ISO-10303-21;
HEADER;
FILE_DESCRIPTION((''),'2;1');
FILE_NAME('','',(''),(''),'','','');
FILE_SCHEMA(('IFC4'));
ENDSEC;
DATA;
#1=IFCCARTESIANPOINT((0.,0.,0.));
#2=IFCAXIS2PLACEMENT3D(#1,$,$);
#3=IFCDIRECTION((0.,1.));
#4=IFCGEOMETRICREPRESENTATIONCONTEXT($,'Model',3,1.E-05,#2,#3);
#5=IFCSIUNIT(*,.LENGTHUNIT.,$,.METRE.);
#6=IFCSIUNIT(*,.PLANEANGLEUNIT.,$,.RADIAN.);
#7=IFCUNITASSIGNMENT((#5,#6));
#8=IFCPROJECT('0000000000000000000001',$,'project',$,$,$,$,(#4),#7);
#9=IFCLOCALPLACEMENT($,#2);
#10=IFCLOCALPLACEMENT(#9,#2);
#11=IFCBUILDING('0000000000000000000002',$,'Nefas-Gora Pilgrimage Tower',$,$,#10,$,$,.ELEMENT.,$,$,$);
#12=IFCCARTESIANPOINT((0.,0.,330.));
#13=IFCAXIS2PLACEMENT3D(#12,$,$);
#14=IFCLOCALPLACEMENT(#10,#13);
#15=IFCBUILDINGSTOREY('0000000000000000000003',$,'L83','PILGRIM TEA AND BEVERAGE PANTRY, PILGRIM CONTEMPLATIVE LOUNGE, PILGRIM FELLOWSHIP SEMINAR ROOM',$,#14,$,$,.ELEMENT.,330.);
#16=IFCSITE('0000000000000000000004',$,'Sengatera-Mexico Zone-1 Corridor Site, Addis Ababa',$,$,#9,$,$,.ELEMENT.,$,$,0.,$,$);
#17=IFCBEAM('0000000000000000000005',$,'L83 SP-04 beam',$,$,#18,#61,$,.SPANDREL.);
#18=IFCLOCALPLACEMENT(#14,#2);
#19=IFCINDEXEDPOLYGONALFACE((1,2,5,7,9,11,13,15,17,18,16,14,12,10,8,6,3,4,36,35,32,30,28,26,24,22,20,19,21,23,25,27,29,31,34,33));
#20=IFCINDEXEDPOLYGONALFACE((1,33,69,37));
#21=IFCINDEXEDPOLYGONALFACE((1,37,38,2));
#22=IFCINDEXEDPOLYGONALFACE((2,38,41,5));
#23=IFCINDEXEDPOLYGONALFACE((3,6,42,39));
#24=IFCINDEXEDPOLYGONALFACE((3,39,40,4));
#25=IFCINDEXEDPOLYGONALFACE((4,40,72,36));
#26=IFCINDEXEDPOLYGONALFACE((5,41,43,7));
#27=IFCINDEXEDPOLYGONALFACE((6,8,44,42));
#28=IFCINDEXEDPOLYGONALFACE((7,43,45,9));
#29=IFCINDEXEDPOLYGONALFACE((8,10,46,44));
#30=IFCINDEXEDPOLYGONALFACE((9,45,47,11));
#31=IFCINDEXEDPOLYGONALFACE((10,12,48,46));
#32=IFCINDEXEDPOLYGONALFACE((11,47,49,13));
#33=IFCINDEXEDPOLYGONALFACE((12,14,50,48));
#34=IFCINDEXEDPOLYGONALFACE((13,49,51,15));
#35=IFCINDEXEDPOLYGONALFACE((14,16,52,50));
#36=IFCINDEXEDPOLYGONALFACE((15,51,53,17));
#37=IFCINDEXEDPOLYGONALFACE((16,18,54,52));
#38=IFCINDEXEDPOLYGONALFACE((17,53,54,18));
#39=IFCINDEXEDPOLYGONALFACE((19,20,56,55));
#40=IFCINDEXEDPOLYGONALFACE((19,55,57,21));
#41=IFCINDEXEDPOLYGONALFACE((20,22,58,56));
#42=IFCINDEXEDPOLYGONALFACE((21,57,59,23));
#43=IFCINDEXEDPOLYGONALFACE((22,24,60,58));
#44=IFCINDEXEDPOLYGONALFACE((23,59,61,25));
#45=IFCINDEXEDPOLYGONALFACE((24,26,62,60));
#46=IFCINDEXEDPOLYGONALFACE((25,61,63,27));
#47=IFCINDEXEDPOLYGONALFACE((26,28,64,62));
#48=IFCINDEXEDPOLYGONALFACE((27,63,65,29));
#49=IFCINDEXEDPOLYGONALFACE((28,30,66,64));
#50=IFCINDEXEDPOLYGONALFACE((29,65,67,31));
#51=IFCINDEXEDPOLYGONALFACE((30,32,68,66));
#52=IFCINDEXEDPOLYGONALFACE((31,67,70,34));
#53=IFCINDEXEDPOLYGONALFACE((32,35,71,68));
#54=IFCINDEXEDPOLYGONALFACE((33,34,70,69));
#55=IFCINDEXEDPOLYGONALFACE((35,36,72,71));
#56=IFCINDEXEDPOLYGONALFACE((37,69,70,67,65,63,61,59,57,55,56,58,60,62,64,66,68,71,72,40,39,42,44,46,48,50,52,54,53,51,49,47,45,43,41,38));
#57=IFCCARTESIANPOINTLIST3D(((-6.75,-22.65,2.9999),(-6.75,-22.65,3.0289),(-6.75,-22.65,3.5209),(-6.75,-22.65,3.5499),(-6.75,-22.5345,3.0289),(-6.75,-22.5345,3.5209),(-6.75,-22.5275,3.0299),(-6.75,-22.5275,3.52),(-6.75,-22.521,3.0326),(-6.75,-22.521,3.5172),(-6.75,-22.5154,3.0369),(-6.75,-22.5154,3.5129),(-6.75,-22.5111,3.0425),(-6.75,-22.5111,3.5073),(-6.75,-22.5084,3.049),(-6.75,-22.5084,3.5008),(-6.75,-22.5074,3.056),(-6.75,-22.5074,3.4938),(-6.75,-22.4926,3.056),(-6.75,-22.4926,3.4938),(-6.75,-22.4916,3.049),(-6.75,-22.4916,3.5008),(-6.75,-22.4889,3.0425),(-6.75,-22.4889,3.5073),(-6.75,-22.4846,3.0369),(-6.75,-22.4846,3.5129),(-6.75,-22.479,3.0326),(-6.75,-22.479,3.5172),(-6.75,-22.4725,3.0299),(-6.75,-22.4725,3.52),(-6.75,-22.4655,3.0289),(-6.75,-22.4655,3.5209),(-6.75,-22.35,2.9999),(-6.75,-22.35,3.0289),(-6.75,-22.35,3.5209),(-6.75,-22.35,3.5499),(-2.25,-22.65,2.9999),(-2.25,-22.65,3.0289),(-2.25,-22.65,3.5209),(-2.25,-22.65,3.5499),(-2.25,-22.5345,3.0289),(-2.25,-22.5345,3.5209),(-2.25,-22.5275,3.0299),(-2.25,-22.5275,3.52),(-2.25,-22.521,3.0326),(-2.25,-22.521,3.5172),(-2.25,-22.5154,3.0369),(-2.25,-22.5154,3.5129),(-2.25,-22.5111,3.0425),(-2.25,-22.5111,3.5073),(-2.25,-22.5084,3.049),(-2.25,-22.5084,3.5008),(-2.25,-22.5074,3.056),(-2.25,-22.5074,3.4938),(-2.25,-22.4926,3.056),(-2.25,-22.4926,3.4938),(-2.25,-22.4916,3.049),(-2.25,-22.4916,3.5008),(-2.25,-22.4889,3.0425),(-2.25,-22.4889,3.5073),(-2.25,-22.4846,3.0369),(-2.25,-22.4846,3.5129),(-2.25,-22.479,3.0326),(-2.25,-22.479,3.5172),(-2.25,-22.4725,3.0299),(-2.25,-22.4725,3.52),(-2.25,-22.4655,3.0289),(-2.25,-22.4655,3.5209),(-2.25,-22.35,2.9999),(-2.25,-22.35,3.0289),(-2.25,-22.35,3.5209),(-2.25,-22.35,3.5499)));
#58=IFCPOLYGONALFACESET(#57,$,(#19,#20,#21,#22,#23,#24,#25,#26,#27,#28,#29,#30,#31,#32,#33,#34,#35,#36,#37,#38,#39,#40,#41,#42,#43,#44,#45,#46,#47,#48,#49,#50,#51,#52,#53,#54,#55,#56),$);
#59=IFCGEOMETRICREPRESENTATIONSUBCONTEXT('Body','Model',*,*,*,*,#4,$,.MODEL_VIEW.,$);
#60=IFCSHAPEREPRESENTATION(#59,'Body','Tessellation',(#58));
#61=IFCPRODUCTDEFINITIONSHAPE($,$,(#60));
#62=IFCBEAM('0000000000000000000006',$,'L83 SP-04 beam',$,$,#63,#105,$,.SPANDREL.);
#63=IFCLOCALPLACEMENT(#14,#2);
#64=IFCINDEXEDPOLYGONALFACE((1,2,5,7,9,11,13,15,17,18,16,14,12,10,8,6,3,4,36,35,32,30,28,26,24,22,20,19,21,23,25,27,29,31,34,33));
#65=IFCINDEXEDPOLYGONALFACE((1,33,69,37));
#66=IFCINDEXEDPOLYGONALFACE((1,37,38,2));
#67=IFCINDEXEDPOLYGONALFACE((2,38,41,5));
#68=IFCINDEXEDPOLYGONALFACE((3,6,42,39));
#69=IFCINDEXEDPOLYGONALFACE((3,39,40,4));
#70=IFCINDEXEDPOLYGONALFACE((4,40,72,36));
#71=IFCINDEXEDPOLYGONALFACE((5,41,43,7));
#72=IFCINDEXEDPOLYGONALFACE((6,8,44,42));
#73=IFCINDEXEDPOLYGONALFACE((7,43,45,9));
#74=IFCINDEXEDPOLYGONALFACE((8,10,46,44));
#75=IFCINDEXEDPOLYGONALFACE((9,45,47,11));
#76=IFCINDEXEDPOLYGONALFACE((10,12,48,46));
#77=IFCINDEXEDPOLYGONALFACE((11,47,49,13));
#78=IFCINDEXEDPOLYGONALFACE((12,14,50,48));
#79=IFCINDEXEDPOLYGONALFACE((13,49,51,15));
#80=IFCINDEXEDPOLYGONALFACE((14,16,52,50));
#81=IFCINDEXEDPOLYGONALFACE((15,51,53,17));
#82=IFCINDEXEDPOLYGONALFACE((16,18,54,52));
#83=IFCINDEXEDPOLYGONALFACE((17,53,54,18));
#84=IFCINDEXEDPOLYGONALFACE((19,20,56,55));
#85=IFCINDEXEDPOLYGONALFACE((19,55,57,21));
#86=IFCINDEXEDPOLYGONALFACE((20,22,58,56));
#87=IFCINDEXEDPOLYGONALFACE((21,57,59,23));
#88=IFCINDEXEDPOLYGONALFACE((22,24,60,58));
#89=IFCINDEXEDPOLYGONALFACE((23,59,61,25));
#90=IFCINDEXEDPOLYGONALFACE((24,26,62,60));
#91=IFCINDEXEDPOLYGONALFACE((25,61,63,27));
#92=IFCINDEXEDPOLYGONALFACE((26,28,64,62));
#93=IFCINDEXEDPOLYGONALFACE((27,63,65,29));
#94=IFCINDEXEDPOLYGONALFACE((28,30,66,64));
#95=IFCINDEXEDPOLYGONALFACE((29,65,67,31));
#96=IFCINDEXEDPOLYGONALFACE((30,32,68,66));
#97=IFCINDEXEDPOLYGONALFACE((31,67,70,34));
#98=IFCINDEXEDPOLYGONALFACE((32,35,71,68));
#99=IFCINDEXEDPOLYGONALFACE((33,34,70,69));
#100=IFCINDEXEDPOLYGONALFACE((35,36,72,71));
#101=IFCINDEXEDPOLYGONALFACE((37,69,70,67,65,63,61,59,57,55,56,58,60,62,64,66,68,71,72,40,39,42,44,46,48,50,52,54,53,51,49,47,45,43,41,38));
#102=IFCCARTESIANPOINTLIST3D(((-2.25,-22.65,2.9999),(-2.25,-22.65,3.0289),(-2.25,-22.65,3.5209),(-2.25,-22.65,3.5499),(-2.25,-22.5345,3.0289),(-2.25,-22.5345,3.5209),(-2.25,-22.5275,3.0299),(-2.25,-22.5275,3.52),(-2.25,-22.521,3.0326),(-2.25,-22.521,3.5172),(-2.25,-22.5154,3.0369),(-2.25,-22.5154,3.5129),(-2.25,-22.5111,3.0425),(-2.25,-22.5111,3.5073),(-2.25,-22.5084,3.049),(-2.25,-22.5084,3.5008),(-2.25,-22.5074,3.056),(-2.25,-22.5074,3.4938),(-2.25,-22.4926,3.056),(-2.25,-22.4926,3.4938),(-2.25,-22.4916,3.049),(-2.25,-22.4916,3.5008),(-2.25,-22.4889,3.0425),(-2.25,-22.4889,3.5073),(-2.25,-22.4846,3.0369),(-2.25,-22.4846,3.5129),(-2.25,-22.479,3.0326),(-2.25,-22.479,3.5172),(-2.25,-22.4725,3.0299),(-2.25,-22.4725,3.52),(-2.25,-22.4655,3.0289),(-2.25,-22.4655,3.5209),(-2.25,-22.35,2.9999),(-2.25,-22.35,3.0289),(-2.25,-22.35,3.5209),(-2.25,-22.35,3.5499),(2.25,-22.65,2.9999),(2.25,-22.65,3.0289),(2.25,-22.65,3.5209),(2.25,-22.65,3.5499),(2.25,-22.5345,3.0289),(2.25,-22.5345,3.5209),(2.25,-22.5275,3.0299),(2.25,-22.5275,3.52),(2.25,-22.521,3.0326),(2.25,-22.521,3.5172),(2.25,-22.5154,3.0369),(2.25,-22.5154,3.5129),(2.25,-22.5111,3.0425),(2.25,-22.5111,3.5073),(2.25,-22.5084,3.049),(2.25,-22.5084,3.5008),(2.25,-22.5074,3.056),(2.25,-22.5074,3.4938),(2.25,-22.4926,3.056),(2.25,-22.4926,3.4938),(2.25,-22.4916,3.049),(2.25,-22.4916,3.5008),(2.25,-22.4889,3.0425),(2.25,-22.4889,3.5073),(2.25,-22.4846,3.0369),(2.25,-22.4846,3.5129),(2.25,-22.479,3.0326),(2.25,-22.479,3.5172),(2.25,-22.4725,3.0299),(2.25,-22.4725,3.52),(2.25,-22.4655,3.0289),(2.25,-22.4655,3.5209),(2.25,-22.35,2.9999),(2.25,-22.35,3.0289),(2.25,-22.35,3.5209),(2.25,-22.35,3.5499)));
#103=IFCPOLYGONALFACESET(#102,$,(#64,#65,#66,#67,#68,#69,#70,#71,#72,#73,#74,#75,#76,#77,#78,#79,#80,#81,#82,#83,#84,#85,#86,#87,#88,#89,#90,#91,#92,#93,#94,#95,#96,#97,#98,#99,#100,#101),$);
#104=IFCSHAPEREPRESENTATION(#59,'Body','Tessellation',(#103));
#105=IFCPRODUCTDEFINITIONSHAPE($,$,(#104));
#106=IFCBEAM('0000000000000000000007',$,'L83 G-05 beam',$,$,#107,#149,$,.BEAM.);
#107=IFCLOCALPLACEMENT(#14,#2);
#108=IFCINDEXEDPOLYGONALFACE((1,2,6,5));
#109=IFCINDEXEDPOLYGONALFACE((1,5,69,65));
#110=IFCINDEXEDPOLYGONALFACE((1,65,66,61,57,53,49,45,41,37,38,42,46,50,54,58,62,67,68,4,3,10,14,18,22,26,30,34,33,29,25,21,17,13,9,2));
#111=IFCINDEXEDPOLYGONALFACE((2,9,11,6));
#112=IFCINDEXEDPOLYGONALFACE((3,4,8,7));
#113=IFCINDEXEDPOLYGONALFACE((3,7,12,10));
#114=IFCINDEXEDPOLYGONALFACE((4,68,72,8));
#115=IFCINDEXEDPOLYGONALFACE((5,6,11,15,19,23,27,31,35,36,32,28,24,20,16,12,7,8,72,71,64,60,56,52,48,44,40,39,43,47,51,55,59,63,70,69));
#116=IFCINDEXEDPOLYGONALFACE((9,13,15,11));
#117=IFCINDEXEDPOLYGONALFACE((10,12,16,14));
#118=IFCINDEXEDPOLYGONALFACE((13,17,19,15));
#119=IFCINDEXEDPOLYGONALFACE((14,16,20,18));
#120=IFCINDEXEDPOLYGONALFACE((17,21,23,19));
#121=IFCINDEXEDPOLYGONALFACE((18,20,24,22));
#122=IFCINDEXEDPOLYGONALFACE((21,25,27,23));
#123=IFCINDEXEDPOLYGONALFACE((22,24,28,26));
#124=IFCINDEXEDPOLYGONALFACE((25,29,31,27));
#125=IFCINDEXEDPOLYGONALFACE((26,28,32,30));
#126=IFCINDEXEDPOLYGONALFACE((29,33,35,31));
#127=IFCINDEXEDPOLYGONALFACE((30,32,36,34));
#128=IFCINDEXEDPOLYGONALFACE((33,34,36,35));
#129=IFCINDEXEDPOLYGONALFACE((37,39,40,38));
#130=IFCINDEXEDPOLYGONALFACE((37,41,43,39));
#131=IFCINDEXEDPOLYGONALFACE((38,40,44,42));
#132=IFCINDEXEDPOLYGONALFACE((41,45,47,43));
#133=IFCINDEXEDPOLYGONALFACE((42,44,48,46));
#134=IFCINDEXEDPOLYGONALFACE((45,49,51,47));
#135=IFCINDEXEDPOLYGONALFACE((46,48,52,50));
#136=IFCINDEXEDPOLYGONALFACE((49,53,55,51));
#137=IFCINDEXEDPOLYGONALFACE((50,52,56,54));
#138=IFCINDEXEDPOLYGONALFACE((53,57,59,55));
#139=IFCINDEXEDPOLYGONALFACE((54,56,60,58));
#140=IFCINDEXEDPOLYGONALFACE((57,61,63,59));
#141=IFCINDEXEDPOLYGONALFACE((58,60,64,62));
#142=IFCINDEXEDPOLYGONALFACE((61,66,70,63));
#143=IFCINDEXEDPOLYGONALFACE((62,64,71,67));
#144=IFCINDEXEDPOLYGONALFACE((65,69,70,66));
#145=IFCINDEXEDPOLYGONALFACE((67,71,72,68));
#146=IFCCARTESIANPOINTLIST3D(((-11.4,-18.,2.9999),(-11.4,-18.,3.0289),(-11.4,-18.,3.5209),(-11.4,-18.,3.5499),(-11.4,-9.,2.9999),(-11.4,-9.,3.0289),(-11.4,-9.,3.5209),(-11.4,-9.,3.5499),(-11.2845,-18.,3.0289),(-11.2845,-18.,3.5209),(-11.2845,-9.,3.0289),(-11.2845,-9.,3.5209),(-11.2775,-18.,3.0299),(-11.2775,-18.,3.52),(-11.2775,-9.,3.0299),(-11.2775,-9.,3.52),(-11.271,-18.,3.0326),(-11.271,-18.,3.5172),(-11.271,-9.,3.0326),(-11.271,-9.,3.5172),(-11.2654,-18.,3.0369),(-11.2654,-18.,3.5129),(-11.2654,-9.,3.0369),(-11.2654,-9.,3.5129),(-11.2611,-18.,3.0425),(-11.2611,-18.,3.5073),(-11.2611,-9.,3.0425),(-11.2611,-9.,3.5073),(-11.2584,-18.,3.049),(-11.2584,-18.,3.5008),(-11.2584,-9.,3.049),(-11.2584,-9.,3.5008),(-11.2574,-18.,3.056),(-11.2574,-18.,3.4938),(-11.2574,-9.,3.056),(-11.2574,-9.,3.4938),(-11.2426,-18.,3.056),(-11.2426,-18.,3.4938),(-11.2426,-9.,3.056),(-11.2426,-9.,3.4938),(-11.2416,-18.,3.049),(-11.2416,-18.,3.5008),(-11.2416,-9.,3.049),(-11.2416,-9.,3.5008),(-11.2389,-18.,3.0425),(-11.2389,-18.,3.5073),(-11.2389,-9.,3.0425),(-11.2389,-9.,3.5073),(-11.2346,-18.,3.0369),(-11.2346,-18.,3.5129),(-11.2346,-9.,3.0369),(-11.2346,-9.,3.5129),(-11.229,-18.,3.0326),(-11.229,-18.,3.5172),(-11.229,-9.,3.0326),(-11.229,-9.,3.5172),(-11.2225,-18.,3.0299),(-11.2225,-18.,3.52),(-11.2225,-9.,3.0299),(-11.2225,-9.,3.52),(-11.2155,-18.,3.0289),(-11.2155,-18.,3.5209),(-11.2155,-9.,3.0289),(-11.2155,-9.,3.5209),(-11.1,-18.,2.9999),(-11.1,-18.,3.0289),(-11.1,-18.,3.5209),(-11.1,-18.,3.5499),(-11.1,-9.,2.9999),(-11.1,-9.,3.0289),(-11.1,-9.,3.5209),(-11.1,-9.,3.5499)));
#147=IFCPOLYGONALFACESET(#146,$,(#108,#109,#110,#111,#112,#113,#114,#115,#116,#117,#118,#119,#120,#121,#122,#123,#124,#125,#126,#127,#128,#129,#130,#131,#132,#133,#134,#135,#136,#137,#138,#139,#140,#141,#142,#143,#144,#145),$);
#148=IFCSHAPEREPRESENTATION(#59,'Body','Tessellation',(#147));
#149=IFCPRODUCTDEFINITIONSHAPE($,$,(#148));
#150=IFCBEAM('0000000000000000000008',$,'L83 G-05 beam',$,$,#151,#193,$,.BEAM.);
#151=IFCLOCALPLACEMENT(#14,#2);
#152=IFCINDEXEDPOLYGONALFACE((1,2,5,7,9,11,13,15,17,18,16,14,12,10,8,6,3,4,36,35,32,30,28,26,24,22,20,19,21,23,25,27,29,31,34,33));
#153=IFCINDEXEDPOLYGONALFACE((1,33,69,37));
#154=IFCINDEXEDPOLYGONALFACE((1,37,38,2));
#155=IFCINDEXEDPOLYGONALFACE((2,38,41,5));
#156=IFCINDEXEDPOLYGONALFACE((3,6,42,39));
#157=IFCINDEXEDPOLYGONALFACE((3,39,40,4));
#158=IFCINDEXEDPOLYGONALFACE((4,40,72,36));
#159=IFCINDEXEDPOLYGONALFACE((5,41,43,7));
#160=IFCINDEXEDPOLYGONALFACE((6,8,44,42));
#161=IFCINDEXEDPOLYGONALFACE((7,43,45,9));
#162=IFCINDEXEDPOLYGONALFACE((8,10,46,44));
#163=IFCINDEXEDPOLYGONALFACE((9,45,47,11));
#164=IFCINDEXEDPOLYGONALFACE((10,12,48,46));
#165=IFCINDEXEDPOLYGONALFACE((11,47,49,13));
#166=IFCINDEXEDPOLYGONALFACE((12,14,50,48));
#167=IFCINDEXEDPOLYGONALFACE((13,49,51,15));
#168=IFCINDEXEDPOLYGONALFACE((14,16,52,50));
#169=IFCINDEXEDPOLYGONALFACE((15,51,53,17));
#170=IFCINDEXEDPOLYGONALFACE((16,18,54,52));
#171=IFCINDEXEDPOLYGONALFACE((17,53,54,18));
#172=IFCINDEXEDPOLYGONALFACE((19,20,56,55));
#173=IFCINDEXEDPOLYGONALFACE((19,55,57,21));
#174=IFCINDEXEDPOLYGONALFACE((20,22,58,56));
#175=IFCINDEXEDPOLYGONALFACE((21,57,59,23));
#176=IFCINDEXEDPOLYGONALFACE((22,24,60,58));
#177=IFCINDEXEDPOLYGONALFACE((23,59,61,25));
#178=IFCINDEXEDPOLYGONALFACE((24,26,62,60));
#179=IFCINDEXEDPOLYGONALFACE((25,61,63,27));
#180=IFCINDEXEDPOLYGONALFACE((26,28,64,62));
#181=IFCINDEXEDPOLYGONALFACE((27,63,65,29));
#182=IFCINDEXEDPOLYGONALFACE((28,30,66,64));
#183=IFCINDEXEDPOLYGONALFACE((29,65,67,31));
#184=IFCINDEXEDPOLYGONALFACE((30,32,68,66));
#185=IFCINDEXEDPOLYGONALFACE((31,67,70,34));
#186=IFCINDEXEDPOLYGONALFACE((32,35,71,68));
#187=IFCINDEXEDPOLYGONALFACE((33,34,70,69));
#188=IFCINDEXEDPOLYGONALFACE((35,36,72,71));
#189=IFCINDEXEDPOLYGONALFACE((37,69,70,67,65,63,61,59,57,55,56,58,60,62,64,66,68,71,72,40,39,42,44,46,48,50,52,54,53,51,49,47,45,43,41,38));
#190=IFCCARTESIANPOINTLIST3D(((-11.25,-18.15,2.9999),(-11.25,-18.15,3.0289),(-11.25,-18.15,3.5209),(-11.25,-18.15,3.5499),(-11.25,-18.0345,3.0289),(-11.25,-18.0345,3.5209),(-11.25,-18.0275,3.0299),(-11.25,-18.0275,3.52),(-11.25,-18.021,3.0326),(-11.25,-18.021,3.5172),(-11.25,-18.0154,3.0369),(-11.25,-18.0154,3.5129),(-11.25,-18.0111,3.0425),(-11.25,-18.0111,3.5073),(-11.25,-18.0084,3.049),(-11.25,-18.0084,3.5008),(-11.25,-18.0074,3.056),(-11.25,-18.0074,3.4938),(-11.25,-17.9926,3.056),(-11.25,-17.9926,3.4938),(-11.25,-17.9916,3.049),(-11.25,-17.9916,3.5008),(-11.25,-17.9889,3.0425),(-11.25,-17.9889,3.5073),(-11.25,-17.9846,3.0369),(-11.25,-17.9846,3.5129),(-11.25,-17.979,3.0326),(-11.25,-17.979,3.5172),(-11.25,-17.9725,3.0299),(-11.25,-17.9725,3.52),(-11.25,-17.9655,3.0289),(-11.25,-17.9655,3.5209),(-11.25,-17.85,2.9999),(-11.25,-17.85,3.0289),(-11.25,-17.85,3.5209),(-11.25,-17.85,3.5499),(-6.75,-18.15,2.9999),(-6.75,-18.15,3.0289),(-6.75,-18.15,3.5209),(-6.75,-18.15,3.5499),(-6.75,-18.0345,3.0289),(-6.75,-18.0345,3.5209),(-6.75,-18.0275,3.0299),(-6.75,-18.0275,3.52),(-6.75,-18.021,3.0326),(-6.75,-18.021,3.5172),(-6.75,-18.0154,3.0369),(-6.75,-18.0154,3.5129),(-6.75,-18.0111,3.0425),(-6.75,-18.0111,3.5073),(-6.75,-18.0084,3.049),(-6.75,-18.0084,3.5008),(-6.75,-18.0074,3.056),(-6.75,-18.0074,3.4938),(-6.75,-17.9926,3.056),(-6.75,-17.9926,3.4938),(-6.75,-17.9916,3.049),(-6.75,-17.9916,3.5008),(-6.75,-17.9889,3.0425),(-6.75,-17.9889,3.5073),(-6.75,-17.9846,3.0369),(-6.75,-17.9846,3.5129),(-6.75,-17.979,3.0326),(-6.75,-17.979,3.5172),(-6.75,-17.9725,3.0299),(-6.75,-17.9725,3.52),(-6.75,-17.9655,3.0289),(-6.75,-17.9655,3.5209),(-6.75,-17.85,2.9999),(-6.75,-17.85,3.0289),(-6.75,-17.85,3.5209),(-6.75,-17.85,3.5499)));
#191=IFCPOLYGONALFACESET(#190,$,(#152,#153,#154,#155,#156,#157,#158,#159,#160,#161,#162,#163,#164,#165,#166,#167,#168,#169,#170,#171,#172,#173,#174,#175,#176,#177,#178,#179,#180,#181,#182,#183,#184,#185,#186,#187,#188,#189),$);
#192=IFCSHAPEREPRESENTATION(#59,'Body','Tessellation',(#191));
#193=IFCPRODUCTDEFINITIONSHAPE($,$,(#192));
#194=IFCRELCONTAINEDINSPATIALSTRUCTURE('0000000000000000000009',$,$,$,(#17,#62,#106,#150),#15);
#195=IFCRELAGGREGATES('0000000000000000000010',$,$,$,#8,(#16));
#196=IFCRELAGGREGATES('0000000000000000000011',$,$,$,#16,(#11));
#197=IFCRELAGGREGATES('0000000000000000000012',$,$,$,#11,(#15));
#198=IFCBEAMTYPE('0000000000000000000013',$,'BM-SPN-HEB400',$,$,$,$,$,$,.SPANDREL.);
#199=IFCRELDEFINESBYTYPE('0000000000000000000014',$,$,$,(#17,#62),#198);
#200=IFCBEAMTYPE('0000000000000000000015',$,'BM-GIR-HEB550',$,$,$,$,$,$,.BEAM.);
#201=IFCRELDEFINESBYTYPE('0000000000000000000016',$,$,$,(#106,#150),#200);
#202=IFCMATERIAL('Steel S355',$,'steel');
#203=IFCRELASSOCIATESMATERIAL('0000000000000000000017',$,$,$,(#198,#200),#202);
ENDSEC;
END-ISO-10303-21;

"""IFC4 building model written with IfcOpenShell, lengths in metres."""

from ifc_helpers import new_model, si_unit, direction, frame, origin, origin_2d, place, context, subcontext, project, spatial, i_section, extrude, source, transform, mapped, material, material_profile, profile_set, type_object, element, save


model = new_model("IFC4")

# Units and contexts
model_context = context("Model", 3, precision=1e-05, world=origin(), true_north=direction((0.0, 1.0)))
body_context = subcontext(model_context, "Body", "Model", "MODEL_VIEW")
ifc_project = project(units=[si_unit("LENGTHUNIT", "METRE"), si_unit("PLANEANGLEUNIT", "RADIAN")], contexts=[model_context])

# Site, building, storey
site_placement = place(None, origin())
site = spatial("IfcSite", under=ifc_project, at=site_placement, Name="Sengatera-Mexico Zone-1 Corridor Site, Addis Ababa", CompositionType="ELEMENT", RefElevation=0.0)
building_placement = place(site_placement, origin())
building = spatial("IfcBuilding", under=site, at=building_placement, Name="Nefas-Gora Pilgrimage Tower", CompositionType="ELEMENT")
storey_placement = place(building_placement, frame((0.0, 0.0, 330.0)))
storey = spatial("IfcBuildingStorey", under=building, at=storey_placement, Name="L83", Description="PILGRIM TEA AND BEVERAGE PANTRY, PILGRIM CONTEMPLATIVE LOUNGE, PILGRIM FELLOWSHIP SEMINAR ROOM", CompositionType="ELEMENT", Elevation=330.0)

# Shared definitions
ifc_material_1 = material(Name="Steel S355", Category="steel")

# Beams
ifc_material_profile_1 = material_profile(ifc_material_1, i_section(OverallWidth=0.3, OverallDepth=0.55, WebThickness=0.0149, FlangeThickness=0.0291, FilletRadius=0.0271, at=origin_2d()), Name="HEB 550")
ifc_profile_set_1 = profile_set([ifc_material_profile_1], Name="Steel S355")
beam_type_1 = type_object("IfcBeamType", Name="BM-SPN-HEB400", PredefinedType="SPANDREL", material=ifc_profile_set_1)
shared_shape_1 = source(origin(), body_context, "Body", "SweptSolid", [
    extrude(i_section(OverallWidth=0.3, OverallDepth=0.55, WebThickness=0.0149, FlangeThickness=0.0291, FilletRadius=0.0271, at=origin_2d()), origin(), (0.0, 0.0, 1.0), 4.5),
])
for number, where, z_axis, x_axis, name in (
    (1, (-6.75, -22.5, 3.2749), (1.0, 0.0, 0.0), (0.0, 1.0, 0.0), "L83 SP-04 beam"),
    (2, (-2.25, -22.5, 3.2749), (1.0, 0.0, 0.0), (0.0, 1.0, 0.0), "L83 SP-04 beam"),
):
    element("IfcBeam", number, at=place(storey_placement, frame(where, z_axis=z_axis, x_axis=x_axis)), inside=storey, type_object=beam_type_1, Name=name, PredefinedType="SPANDREL", context=body_context, shape_type="MappedRepresentation", body=[
        mapped(shared_shape_1, transform((0.0, 0.0, 0.0), x_axis=(1.0, 0.0, 0.0), y_axis=(0.0, 1.0, 0.0), z_axis=(0.0, 0.0, 1.0), scale=1.0)),
    ])
ifc_material_profile_2 = material_profile(ifc_material_1, i_section(OverallWidth=0.3, OverallDepth=0.55, WebThickness=0.0149, FlangeThickness=0.0291, FilletRadius=0.0271, at=origin_2d()), Name="HEB 550")
ifc_profile_set_2 = profile_set([ifc_material_profile_2], Name="Steel S355")
beam_type_2 = type_object("IfcBeamType", Name="BM-GIR-HEB550", PredefinedType="BEAM", material=ifc_profile_set_2)
shared_shape_2 = source(origin(), body_context, "Body", "SweptSolid", [
    extrude(i_section(OverallWidth=0.3, OverallDepth=0.55, WebThickness=0.0149, FlangeThickness=0.0291, FilletRadius=0.0271, at=origin_2d()), origin(), (0.0, 0.0, 1.0), 9.0),
])
beam_placement = place(storey_placement, frame((-11.25, -18.0, 3.2749), z_axis=(0.0, 1.0, 0.0), x_axis=(-1.0, 0.0, 0.0)))
element("IfcBeam", 3, at=beam_placement, inside=storey, type_object=beam_type_2, Name="L83 G-05 beam", PredefinedType="BEAM", context=body_context, shape_type="MappedRepresentation", body=[
    mapped(shared_shape_2, transform((0.0, 0.0, 0.0), x_axis=(1.0, 0.0, 0.0), y_axis=(0.0, 1.0, 0.0), z_axis=(0.0, 0.0, 1.0), scale=1.0)),
])
shared_shape_3 = source(origin(), body_context, "Body", "SweptSolid", [
    extrude(i_section(OverallWidth=0.3, OverallDepth=0.55, WebThickness=0.0149, FlangeThickness=0.0291, FilletRadius=0.0271, at=origin_2d()), origin(), (0.0, 0.0, 1.0), 4.5),
])
for number, where, z_axis, x_axis, name in (
    (4, (-11.25, -18.0, 3.2749), (1.0, 0.0, 0.0), (0.0, 1.0, 0.0), "L83 G-05 beam"),
):
    element("IfcBeam", number, at=place(storey_placement, frame(where, z_axis=z_axis, x_axis=x_axis)), inside=storey, type_object=beam_type_2, Name=name, PredefinedType="BEAM", context=body_context, shape_type="MappedRepresentation", body=[
        mapped(shared_shape_3, transform((0.0, 0.0, 0.0), x_axis=(1.0, 0.0, 0.0), y_axis=(0.0, 1.0, 0.0), z_axis=(0.0, 0.0, 1.0), scale=1.0)),
    ])

save(model, "model.ifc")
